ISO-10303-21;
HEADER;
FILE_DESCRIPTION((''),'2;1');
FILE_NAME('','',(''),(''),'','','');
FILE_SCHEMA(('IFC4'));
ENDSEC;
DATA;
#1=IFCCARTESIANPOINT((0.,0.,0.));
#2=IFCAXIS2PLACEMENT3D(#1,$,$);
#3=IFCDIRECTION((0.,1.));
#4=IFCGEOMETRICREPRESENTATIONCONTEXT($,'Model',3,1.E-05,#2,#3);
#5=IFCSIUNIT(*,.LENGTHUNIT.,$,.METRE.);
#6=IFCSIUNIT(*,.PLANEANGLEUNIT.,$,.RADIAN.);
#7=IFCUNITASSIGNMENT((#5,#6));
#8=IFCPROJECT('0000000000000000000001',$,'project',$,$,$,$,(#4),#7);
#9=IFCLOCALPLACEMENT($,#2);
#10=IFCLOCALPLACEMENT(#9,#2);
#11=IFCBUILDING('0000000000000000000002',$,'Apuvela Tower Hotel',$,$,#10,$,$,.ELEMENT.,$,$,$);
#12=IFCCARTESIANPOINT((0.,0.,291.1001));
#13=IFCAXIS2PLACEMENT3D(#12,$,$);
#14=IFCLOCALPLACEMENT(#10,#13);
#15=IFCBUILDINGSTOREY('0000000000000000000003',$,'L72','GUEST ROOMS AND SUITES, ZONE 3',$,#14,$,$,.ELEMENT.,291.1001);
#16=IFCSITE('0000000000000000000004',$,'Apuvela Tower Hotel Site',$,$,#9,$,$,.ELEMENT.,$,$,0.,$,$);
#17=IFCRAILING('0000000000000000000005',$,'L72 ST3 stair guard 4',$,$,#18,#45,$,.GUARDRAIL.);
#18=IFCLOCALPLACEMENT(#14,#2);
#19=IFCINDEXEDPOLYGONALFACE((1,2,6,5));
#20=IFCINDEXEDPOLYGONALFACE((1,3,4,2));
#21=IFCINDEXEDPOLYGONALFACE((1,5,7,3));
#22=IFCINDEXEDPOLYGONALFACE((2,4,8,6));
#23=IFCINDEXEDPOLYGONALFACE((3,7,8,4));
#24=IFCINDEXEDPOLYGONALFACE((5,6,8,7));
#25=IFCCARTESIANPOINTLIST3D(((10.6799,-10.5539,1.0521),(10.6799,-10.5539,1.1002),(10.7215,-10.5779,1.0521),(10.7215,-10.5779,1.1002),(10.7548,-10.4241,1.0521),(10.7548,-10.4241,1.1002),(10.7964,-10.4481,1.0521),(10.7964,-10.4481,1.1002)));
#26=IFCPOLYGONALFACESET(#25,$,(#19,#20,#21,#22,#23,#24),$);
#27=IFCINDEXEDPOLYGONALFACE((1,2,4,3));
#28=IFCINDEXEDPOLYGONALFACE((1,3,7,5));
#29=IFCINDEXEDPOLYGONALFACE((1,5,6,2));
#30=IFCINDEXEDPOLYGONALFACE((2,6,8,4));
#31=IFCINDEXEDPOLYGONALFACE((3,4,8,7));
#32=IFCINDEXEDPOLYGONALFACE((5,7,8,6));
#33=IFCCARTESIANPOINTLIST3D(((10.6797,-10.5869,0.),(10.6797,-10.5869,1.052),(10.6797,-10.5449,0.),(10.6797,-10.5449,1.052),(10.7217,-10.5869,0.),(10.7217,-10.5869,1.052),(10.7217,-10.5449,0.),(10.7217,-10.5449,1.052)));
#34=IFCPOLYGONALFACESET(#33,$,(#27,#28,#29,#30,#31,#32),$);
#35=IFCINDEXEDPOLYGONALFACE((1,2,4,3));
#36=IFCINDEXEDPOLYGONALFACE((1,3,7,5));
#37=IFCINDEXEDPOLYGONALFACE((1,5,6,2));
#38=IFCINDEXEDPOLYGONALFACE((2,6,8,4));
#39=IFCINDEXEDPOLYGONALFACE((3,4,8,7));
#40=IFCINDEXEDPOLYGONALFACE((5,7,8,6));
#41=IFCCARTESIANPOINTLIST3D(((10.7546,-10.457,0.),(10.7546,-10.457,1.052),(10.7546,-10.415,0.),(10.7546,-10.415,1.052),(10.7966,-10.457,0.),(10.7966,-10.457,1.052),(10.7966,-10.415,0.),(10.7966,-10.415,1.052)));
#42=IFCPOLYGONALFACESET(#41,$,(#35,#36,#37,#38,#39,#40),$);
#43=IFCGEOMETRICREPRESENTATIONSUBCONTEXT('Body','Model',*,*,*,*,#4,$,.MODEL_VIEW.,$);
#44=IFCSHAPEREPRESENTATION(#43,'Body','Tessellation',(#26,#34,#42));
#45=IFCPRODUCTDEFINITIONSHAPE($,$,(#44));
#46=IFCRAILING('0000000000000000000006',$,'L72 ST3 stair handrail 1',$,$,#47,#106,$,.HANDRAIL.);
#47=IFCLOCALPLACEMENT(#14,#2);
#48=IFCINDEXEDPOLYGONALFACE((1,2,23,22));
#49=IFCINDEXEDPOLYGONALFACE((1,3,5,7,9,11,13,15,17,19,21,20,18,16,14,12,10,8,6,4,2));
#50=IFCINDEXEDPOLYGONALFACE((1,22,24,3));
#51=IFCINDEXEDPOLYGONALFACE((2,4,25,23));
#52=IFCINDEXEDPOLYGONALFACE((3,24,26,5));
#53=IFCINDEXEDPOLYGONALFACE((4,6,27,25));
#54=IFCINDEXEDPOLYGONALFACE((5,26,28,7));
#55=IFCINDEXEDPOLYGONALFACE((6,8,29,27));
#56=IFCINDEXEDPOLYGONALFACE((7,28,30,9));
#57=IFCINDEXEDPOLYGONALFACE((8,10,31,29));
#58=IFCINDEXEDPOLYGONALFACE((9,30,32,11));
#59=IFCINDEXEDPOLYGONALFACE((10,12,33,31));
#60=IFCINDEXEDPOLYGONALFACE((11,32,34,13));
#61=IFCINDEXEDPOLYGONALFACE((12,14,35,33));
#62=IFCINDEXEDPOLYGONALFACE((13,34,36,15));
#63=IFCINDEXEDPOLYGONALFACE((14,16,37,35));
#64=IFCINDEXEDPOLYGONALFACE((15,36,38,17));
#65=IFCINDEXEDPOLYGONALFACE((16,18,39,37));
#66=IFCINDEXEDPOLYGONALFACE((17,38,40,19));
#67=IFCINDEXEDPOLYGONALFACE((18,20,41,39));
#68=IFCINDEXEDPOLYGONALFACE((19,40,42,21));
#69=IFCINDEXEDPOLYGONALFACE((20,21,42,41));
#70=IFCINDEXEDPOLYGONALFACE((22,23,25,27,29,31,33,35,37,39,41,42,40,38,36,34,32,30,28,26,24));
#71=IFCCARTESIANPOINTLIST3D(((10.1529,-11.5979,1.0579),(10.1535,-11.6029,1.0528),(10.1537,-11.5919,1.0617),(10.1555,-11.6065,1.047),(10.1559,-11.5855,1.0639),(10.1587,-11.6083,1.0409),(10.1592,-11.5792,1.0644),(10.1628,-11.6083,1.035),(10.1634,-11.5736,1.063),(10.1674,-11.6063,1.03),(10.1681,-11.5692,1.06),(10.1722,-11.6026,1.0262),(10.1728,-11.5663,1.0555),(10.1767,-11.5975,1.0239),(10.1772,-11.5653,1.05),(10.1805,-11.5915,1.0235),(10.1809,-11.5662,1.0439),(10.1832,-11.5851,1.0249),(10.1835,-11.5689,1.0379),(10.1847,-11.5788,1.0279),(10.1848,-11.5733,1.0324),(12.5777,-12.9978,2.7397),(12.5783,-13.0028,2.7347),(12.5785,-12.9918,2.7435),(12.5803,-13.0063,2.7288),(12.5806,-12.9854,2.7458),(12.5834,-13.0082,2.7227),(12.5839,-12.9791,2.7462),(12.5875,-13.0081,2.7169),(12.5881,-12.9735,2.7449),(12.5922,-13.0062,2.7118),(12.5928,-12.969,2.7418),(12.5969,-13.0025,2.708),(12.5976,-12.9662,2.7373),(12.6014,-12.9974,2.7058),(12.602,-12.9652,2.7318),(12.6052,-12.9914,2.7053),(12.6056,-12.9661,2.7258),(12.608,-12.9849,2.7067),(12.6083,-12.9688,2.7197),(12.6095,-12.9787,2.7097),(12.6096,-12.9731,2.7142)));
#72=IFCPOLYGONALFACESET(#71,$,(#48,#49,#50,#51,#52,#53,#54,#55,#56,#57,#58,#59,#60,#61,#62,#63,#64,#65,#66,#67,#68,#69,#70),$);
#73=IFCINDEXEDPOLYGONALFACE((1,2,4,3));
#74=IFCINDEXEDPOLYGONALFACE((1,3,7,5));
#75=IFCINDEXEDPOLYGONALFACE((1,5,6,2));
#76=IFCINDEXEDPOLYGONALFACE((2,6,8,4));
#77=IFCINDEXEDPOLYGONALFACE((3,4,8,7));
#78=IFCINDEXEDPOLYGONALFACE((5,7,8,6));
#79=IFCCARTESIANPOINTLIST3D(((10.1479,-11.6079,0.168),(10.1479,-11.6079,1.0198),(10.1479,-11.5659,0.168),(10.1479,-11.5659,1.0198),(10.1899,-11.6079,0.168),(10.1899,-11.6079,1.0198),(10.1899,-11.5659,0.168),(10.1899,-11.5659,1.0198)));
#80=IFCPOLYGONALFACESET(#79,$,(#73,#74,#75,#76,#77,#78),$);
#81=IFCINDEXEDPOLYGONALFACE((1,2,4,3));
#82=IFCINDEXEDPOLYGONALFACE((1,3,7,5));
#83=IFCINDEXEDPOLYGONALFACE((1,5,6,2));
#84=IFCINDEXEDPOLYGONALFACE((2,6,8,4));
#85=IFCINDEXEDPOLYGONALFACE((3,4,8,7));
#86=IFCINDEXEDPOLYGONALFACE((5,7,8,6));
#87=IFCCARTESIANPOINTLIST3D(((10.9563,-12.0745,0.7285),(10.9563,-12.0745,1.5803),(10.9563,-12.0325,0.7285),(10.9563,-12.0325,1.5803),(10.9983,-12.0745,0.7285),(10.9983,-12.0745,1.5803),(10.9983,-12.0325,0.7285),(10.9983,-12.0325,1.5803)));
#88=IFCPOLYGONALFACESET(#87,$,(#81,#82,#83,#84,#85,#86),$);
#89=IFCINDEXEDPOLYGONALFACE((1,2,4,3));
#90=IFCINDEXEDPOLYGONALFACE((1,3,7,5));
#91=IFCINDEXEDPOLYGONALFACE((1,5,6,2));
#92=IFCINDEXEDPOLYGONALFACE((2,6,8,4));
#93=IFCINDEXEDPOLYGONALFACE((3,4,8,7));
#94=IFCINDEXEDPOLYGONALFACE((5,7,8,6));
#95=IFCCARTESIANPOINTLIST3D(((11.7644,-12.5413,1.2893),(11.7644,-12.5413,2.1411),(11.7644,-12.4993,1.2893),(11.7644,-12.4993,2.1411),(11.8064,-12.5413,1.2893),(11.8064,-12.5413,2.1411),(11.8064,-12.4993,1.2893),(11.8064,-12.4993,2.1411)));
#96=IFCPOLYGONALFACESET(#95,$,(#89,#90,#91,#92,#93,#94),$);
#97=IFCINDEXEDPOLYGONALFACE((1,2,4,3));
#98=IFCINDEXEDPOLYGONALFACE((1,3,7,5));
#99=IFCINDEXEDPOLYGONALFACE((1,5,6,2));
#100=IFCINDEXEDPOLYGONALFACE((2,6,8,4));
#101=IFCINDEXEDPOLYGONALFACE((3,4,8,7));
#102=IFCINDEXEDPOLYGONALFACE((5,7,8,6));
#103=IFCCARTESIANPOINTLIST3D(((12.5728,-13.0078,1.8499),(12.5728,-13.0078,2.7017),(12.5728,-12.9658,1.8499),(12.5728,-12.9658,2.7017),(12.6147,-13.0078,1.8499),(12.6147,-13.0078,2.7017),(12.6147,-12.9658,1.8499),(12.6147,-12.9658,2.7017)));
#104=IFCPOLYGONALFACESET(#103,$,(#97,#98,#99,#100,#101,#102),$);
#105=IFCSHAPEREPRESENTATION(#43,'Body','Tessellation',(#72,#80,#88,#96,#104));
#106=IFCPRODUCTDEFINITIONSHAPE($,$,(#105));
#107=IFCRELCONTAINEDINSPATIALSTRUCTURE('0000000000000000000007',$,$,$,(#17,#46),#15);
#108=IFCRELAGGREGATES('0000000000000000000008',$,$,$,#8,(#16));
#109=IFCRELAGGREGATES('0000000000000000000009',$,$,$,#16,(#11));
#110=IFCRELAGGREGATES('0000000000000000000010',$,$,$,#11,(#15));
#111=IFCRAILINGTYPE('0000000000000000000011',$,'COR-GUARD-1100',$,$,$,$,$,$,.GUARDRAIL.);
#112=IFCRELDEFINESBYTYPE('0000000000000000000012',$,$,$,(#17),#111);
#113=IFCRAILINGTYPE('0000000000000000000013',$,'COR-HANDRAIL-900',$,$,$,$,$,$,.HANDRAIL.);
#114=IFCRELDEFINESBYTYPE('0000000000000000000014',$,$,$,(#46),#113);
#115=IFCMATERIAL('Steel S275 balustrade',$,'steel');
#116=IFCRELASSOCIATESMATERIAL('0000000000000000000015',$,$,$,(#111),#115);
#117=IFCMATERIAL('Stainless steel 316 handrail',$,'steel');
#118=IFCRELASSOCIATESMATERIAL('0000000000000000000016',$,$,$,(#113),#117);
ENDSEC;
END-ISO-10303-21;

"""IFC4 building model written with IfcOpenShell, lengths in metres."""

from ifc_helpers import new_model, si_unit, direction, frame, origin, origin_2d, place, context, subcontext, project, spatial, rectangle, circle, extrude, material, type_object, element, save


model = new_model("IFC4")

# Units and contexts
model_context = context("Model", 3, precision=1e-05, world=origin(), true_north=direction((0.0, 1.0)))
body_context = subcontext(model_context, "Body", "Model", "MODEL_VIEW")
ifc_project = project(units=[si_unit("LENGTHUNIT", "METRE"), si_unit("PLANEANGLEUNIT", "RADIAN")], contexts=[model_context])

# Site, building, storey
site_placement = place(None, origin())
site = spatial("IfcSite", under=ifc_project, at=site_placement, Name="Apuvela Tower Hotel Site", CompositionType="ELEMENT", RefElevation=0.0)
building_placement = place(site_placement, origin())
building = spatial("IfcBuilding", under=site, at=building_placement, Name="Apuvela Tower Hotel", CompositionType="ELEMENT")
storey_placement = place(building_placement, frame((0.0, 0.0, 291.1001)))
storey = spatial("IfcBuildingStorey", under=building, at=storey_placement, Name="L72", Description="GUEST ROOMS AND SUITES, ZONE 3", CompositionType="ELEMENT", Elevation=291.1001)

# Railings
ifc_material_1 = material(Name="Steel S275 balustrade", Category="steel")
railing_type_1 = type_object("IfcRailingType", Name="COR-GUARD-1100", PredefinedType="GUARDRAIL", material=ifc_material_1)
for number, where, name in (
    (1, (10.7007, -10.5659, 0.0), "L72 ST3 stair guard 4"),
):
    element("IfcRailing", number, at=place(storey_placement, frame(where)), inside=storey, type_object=railing_type_1, Name=name, PredefinedType="GUARDRAIL", context=body_context, shape_type="SweptSolid", body=[
        extrude(rectangle(XDim=0.0481, YDim=0.0481, at=origin_2d()), frame((0.0, 0.0, 1.0762), z_axis=(0.499816, 0.866131, 0.0), x_axis=(-0.866131, 0.499816, 0.0)), (0.0, 0.0, 1.0), 0.1499),
        extrude(rectangle(XDim=0.042, YDim=0.042, at=origin_2d()), origin(), (0.0, 0.0, 1.0), 1.052),
        extrude(rectangle(XDim=0.042, YDim=0.042, at=origin_2d()), frame((0.075, 0.1299, 0.0)), (0.0, 0.0, 1.0), 1.052),
    ])
ifc_material_2 = material(Name="Stainless steel 316 handrail", Category="steel")
railing_type_2 = type_object("IfcRailingType", Name="COR-HANDRAIL-900", PredefinedType="HANDRAIL", material=ifc_material_2)
railing_1_placement = place(storey_placement, frame((10.1689, -11.5869, 0.168)))
element("IfcRailing", 2, at=railing_1_placement, inside=storey, type_object=railing_type_2, Name="L72 ST3 stair handrail 1", PredefinedType="HANDRAIL", context=body_context, shape_type="SweptSolid", body=[
    extrude(circle(Radius=0.0239, at=origin_2d()), frame((0.0, 0.0, 0.876), z_axis=(0.74239, -0.428601, 0.514934), x_axis=(0.499984, 0.866035, 0.0)), (0.0, 0.0, 1.0), 3.2661),
    extrude(rectangle(XDim=0.042, YDim=0.042, at=origin_2d()), origin(), (0.0, 0.0, 1.0), 0.8518),
    extrude(rectangle(XDim=0.042, YDim=0.042, at=origin_2d()), frame((0.8083, -0.4666, 0.5605)), (0.0, 0.0, 1.0), 0.8518),
    extrude(rectangle(XDim=0.042, YDim=0.042, at=origin_2d()), frame((1.6165, -0.9333, 1.1213)), (0.0, 0.0, 1.0), 0.8518),
    extrude(rectangle(XDim=0.042, YDim=0.042, at=origin_2d()), frame((2.4248, -1.3999, 1.6819)), (0.0, 0.0, 1.0), 0.8518),
])

save(model, "model.ifc")
